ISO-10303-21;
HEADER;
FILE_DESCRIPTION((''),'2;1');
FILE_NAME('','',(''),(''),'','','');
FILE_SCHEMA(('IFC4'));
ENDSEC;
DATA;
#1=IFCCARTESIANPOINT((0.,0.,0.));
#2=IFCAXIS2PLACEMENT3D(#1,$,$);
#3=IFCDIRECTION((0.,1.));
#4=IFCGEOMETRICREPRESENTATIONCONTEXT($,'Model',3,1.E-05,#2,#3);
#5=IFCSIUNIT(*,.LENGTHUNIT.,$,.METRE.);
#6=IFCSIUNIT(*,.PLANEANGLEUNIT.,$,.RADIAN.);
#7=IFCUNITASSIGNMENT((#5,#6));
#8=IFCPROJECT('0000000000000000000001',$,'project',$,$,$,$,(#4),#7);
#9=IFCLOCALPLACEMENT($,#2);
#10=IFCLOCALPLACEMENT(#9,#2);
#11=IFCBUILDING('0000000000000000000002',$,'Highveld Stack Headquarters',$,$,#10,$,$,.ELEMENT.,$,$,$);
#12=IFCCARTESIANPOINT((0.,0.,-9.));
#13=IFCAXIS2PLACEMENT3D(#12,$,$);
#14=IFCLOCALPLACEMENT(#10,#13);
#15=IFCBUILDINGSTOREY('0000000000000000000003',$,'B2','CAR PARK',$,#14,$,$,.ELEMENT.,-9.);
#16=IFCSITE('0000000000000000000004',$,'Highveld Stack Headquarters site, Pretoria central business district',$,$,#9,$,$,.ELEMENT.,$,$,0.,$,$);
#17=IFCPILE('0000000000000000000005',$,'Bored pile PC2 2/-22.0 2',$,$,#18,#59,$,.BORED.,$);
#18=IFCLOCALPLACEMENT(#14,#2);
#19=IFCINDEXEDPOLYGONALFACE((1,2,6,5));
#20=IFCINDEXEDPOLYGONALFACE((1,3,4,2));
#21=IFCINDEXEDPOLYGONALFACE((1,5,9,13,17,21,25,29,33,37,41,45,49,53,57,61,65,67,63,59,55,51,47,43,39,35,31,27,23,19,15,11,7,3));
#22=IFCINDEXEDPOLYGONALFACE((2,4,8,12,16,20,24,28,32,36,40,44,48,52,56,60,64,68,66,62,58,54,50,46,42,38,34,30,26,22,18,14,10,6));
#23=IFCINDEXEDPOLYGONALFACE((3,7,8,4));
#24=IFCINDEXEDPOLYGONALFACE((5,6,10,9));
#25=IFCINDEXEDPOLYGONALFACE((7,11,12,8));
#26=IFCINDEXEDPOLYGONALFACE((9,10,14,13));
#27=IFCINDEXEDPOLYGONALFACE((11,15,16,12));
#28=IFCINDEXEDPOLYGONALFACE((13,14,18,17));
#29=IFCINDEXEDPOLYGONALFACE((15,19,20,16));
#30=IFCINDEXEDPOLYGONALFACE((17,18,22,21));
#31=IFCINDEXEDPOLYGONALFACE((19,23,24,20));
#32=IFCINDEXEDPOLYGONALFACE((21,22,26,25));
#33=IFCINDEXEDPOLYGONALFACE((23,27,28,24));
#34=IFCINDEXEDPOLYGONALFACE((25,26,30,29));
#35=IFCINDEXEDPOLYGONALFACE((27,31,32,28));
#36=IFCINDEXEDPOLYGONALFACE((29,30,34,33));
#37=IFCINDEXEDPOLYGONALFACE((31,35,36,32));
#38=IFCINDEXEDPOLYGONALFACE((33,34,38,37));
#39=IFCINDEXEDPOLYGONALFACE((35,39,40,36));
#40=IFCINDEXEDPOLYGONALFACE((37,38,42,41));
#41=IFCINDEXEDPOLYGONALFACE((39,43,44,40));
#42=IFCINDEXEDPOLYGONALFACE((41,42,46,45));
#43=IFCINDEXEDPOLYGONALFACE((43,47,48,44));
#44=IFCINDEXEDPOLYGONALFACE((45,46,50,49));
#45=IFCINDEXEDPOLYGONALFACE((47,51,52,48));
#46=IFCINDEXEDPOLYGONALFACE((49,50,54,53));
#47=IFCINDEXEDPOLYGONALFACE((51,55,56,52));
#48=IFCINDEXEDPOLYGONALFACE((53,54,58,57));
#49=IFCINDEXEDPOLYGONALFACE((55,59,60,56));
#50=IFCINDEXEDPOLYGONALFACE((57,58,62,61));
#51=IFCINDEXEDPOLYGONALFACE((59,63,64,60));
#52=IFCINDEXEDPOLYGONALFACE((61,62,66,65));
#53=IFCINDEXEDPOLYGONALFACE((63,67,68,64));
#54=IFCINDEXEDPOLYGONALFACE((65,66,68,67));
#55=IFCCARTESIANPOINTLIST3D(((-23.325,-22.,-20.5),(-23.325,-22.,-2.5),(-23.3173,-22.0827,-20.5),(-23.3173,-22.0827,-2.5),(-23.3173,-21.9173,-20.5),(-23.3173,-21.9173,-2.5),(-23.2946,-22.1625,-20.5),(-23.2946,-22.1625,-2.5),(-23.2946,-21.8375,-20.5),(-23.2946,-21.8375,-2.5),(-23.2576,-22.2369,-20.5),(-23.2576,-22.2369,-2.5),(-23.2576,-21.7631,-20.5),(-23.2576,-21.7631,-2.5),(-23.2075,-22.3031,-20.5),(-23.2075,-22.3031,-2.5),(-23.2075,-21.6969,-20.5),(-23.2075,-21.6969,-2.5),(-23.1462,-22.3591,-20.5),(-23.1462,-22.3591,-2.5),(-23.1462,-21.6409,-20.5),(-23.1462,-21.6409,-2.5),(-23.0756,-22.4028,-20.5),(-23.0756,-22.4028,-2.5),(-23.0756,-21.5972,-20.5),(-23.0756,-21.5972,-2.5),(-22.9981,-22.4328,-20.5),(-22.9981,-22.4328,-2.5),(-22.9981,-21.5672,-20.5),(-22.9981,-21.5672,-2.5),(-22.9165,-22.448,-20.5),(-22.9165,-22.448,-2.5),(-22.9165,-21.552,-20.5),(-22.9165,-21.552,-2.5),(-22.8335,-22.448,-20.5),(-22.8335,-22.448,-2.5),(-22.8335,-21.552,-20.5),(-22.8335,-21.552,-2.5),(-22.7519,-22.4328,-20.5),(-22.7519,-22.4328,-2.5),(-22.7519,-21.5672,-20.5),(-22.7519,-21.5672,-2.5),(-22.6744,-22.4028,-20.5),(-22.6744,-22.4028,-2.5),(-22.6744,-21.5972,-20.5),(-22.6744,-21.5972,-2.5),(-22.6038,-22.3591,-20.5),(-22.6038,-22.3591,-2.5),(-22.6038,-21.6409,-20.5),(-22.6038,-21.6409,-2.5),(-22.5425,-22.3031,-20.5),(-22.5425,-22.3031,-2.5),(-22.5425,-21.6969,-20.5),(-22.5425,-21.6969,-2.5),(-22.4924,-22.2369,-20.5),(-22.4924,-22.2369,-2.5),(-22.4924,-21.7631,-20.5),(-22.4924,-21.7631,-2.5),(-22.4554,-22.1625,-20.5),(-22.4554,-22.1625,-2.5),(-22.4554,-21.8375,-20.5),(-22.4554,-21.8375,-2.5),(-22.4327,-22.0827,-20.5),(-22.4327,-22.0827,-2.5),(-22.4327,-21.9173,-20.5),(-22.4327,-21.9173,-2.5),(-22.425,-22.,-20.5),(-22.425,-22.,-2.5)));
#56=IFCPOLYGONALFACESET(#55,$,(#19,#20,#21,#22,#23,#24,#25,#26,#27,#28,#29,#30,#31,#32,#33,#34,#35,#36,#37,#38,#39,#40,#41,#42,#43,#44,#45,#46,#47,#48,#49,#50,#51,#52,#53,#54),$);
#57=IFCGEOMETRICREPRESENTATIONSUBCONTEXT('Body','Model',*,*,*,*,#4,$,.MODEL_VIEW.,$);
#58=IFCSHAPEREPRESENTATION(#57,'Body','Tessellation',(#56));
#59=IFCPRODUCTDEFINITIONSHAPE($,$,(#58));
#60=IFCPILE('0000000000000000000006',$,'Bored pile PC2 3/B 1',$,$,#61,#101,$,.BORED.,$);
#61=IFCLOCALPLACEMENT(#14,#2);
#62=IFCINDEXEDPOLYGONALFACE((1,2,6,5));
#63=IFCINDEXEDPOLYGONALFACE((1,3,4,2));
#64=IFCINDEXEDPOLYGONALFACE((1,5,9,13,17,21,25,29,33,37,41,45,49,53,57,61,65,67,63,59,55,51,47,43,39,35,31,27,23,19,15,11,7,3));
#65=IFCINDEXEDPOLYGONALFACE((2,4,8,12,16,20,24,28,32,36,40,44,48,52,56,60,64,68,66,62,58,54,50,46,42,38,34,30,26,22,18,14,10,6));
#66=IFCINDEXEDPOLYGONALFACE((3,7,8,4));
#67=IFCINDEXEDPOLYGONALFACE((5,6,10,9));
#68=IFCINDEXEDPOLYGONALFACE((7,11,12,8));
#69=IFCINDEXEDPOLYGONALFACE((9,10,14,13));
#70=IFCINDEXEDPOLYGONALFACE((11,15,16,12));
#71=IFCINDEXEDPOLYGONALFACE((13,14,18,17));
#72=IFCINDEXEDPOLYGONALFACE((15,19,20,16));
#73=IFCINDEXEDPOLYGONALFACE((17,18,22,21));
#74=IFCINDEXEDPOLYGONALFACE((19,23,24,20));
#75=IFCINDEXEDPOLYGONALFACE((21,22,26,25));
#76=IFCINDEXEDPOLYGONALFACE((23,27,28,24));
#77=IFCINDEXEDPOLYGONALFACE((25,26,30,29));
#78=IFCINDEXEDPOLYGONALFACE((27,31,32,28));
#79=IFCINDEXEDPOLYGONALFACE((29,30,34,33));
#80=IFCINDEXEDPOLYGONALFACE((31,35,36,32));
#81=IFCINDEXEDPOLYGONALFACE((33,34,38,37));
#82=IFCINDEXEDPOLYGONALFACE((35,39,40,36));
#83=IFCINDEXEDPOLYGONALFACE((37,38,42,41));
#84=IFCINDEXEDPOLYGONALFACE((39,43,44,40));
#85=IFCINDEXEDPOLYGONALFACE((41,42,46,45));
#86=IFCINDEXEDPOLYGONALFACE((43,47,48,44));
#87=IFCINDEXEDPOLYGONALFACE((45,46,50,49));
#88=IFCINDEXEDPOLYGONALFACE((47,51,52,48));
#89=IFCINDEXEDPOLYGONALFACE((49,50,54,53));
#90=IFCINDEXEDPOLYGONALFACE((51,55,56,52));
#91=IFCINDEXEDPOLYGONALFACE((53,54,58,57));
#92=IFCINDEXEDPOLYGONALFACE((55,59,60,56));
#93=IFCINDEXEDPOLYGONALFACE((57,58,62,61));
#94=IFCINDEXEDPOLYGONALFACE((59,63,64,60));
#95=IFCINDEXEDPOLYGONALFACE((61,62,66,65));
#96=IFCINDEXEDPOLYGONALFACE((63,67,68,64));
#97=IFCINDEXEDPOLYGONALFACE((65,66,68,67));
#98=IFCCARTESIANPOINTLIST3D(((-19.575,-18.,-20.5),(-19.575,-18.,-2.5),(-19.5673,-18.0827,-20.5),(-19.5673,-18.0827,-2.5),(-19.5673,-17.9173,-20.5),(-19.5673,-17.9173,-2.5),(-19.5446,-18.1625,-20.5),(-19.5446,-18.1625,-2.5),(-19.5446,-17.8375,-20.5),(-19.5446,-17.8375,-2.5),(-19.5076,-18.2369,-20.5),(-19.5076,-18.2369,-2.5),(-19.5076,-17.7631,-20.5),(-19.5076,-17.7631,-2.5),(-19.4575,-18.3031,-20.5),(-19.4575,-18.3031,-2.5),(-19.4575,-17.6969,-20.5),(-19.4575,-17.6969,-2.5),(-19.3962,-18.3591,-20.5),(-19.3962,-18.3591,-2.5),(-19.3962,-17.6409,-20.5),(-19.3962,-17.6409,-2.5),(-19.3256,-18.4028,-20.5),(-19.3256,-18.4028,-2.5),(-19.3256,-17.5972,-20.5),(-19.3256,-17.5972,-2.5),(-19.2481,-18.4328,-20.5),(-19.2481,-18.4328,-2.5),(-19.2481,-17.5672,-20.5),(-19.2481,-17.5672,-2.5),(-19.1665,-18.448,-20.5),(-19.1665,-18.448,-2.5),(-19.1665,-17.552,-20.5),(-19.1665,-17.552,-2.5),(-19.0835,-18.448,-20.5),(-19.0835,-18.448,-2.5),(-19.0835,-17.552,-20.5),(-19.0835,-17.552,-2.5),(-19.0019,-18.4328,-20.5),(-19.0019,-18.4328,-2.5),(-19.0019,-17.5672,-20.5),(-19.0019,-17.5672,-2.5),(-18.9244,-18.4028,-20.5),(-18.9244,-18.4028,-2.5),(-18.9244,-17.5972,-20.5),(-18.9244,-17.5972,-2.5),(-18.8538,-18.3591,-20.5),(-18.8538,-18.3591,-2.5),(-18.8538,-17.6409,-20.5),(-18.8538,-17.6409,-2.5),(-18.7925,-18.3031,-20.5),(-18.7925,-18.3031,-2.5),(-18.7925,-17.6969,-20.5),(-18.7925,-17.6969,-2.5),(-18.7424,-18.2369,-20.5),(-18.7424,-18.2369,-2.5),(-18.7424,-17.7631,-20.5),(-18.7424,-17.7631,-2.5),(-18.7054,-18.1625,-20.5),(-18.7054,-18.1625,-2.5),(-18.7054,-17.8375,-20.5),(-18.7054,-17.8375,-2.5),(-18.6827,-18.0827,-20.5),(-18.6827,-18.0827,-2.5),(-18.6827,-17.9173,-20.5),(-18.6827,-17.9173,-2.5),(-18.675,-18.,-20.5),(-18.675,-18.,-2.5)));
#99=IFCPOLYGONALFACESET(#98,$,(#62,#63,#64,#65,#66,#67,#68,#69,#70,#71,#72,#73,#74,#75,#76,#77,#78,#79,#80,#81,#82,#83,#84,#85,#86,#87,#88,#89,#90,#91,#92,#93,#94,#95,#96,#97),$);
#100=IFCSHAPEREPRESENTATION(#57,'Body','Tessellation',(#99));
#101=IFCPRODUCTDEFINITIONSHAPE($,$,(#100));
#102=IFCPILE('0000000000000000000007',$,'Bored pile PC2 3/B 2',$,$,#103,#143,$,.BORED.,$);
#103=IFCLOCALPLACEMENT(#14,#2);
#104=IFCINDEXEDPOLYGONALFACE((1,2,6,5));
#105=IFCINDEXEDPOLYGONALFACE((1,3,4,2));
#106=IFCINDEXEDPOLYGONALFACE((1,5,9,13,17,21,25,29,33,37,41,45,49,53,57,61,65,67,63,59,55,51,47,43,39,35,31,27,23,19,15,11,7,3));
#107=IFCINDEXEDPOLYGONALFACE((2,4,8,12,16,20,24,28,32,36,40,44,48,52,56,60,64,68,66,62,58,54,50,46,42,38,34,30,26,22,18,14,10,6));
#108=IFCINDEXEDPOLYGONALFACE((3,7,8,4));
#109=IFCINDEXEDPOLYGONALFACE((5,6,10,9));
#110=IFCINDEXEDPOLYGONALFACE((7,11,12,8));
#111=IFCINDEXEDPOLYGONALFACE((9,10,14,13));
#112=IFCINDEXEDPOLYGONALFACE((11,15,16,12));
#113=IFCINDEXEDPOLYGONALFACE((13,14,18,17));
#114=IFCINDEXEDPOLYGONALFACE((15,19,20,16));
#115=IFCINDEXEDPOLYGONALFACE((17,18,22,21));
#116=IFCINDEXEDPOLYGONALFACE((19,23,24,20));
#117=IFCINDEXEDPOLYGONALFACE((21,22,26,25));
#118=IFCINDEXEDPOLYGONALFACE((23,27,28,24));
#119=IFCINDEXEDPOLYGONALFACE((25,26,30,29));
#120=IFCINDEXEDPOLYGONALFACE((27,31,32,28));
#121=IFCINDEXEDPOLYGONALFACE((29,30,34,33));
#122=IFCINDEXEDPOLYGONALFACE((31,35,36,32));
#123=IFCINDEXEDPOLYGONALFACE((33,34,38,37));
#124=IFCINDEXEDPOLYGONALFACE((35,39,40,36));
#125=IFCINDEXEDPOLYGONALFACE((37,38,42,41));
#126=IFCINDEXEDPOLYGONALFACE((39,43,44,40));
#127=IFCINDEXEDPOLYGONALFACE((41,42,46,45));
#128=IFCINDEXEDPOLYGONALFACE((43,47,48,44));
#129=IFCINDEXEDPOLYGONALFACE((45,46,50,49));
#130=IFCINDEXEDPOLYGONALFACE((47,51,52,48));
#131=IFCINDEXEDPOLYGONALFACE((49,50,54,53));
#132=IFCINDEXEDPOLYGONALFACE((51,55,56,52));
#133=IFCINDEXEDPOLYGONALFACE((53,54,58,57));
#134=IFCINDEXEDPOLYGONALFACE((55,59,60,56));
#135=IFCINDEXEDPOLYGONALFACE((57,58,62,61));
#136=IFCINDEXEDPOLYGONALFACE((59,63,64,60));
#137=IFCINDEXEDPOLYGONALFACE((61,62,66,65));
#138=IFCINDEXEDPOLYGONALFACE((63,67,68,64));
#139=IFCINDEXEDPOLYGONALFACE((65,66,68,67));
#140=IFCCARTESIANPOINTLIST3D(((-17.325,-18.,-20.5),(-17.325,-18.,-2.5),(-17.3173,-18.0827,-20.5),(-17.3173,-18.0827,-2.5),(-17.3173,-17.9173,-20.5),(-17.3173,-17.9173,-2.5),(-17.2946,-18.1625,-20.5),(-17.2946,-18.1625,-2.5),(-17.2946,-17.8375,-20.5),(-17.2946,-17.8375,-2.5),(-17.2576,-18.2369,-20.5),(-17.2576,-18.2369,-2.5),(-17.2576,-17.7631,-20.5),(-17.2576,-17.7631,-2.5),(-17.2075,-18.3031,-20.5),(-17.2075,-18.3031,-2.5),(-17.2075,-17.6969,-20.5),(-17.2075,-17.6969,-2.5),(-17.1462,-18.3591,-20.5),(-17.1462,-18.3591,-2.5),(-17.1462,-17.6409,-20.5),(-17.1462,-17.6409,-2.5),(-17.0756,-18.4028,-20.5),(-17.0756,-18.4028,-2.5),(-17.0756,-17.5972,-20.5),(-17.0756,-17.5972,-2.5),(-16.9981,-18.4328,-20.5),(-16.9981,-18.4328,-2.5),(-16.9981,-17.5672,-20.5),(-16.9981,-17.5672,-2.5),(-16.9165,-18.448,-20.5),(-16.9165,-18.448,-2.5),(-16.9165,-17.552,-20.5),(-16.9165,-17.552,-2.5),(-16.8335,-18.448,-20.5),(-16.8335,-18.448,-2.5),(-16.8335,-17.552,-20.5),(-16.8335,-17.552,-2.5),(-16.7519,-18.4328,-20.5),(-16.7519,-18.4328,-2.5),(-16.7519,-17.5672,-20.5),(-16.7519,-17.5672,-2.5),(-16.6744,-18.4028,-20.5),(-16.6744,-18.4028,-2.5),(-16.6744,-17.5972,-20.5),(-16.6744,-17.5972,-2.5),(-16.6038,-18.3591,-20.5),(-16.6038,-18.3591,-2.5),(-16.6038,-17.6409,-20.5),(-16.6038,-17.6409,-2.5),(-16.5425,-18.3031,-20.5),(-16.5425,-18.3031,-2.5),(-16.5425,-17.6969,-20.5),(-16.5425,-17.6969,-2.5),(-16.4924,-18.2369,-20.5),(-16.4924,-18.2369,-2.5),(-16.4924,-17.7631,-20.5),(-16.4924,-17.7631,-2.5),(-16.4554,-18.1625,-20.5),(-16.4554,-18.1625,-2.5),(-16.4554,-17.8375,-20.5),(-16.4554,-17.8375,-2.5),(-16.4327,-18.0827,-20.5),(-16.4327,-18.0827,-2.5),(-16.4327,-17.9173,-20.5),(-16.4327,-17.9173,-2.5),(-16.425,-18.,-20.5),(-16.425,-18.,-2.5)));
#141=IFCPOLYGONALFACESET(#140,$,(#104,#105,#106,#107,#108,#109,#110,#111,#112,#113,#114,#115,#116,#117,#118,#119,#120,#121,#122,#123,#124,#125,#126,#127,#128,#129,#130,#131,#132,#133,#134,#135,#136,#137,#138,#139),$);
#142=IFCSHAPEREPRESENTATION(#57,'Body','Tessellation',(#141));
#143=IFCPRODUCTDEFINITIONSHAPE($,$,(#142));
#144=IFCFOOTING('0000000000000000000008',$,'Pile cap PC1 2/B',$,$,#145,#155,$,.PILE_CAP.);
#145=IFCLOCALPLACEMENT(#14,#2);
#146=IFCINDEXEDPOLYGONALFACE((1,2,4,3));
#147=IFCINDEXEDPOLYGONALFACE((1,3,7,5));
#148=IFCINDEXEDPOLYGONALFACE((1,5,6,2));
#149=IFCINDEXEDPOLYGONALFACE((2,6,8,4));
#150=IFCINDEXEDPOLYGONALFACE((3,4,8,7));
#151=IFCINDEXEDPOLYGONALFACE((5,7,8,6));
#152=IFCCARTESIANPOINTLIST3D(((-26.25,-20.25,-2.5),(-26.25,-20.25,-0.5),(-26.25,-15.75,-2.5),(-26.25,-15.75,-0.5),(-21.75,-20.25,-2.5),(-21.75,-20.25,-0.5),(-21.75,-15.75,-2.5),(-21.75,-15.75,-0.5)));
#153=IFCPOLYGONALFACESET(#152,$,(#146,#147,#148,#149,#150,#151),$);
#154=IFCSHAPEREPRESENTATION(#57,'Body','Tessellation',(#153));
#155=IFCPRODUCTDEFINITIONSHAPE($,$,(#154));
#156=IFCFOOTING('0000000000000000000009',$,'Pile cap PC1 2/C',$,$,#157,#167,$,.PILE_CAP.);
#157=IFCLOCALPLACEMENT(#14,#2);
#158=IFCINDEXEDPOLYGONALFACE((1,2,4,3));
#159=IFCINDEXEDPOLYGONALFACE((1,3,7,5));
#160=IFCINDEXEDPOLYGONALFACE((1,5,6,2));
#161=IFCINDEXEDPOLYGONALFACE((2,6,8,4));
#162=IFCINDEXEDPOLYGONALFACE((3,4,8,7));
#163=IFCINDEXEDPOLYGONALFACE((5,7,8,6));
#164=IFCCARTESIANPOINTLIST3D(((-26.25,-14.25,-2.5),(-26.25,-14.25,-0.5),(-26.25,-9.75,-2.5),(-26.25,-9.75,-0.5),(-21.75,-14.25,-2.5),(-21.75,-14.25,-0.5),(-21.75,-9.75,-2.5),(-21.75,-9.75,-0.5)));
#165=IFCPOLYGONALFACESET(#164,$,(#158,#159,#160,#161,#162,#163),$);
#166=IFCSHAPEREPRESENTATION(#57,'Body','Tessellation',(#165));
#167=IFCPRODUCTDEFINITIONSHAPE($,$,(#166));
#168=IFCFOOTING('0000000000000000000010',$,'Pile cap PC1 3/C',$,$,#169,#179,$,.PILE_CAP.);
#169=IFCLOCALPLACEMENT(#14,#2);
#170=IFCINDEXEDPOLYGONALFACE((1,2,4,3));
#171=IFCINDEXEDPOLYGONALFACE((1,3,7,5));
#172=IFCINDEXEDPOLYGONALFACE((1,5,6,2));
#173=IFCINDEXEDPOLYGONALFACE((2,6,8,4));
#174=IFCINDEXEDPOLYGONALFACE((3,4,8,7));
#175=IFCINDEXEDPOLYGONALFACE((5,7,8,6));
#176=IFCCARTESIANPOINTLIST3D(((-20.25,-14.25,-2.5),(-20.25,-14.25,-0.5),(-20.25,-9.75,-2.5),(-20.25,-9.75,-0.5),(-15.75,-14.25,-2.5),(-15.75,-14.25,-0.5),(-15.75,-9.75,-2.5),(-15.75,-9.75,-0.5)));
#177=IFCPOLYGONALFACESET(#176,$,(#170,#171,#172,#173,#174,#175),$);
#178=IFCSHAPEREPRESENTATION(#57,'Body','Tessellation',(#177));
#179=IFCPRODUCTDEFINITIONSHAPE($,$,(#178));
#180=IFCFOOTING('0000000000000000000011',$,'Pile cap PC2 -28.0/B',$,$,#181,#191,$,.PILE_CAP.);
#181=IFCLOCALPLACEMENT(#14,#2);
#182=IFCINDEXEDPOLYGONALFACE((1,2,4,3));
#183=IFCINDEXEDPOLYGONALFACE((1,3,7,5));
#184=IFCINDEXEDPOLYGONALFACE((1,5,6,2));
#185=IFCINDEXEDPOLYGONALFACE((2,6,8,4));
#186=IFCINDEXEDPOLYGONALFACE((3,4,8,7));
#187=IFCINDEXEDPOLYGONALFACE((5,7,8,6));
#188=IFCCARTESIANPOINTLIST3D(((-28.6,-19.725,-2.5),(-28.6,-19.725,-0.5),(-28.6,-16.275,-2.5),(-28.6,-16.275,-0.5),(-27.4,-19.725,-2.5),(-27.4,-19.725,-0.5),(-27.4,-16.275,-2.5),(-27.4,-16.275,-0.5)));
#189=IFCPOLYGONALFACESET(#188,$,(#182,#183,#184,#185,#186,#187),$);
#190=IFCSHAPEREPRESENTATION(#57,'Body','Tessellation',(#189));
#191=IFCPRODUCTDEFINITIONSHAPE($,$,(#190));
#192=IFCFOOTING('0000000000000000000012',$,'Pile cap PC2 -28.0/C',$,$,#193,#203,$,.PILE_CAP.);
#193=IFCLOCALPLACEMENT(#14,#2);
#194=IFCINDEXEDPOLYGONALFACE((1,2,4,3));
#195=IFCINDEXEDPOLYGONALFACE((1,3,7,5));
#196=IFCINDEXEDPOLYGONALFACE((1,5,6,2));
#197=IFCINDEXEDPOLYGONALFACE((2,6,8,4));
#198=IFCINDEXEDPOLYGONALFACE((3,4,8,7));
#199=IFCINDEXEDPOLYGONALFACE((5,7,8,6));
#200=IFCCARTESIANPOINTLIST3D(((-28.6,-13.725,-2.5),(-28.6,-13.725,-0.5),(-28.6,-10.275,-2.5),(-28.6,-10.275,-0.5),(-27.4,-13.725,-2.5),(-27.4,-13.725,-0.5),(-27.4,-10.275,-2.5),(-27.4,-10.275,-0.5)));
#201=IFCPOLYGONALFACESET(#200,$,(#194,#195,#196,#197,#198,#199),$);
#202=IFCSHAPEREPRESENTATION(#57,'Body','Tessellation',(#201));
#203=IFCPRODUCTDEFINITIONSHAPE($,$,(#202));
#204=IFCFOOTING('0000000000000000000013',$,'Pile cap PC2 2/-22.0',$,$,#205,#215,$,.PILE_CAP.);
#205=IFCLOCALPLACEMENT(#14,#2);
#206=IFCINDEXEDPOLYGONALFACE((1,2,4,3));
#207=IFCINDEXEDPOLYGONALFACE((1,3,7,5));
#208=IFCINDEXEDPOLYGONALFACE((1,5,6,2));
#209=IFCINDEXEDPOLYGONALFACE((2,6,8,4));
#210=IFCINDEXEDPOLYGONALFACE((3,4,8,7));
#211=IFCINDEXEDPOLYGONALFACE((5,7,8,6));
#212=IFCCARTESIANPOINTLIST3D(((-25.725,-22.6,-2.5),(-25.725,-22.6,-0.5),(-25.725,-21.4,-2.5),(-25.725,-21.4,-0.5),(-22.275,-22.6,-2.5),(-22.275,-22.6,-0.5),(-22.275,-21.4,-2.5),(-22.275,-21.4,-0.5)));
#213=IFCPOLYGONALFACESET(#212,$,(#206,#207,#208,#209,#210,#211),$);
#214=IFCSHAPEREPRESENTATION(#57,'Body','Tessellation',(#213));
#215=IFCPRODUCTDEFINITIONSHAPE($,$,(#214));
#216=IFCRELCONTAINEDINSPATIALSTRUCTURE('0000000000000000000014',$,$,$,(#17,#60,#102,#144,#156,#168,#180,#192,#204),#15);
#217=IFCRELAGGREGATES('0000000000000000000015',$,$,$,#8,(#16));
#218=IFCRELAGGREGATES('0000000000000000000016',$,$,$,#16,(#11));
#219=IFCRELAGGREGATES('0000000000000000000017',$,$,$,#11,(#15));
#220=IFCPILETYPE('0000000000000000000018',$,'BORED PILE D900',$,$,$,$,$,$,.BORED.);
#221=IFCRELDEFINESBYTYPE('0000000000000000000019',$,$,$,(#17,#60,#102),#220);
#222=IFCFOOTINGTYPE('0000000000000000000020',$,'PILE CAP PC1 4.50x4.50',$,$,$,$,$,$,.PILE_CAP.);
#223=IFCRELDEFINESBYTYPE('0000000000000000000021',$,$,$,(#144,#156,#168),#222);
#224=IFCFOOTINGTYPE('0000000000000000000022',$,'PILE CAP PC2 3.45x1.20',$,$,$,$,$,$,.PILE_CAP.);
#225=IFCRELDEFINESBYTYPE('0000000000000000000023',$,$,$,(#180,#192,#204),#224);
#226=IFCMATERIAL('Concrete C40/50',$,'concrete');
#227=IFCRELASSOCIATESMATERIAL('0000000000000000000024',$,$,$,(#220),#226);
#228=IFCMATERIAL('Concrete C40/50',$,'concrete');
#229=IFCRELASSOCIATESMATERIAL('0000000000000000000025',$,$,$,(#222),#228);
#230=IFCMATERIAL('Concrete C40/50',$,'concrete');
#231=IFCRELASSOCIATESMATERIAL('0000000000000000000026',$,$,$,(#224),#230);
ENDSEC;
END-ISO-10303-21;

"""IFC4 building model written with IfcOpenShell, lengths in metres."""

from ifc_helpers import new_model, si_unit, direction, frame, origin, origin_2d, place, context, subcontext, project, spatial, rectangle, circle, extrude, material, type_object, element, save


model = new_model("IFC4")

# Units and contexts
model_context = context("Model", 3, precision=1e-05, world=origin(), true_north=direction((0.0, 1.0)))
body_context = subcontext(model_context, "Body", "Model", "MODEL_VIEW")
ifc_project = project(units=[si_unit("LENGTHUNIT", "METRE"), si_unit("PLANEANGLEUNIT", "RADIAN")], contexts=[model_context])

# Site, building, storey
site_placement = place(None, origin())
site = spatial("IfcSite", under=ifc_project, at=site_placement, Name="Highveld Stack Headquarters site, Pretoria central business district", CompositionType="ELEMENT", RefElevation=0.0)
building_placement = place(site_placement, origin())
building = spatial("IfcBuilding", under=site, at=building_placement, Name="Highveld Stack Headquarters", CompositionType="ELEMENT")
storey_placement = place(building_placement, frame((0.0, 0.0, -9.0)))
storey = spatial("IfcBuildingStorey", under=building, at=storey_placement, Name="B2", Description="CAR PARK", CompositionType="ELEMENT", Elevation=-9.0)

# Piles
ifc_material_1 = material(Name="Concrete C40/50", Category="concrete")
pile_type_1 = type_object("IfcPileType", Name="BORED PILE D900", PredefinedType="BORED", material=ifc_material_1)
for number, where, z_axis, x_axis, name in (
    (1, (-22.875, -22.0, -2.5), (0.0, 0.0, -1.0), (1.0, 0.0, 0.0), "Bored pile PC2 2/-22.0 2"),
    (2, (-19.125, -18.0, -2.5), (0.0, 0.0, -1.0), (1.0, 0.0, 0.0), "Bored pile PC2 3/B 1"),
    (3, (-16.875, -18.0, -2.5), (0.0, 0.0, -1.0), (1.0, 0.0, 0.0), "Bored pile PC2 3/B 2"),
):
    element("IfcPile", number, at=place(storey_placement, frame(where, z_axis=z_axis, x_axis=x_axis)), inside=storey, type_object=pile_type_1, Name=name, PredefinedType="BORED", context=body_context, shape_type="SweptSolid", body=[
        extrude(circle(Radius=0.45, at=origin_2d()), origin(), (0.0, 0.0, 1.0), 18.0),
    ])

# Footings
ifc_material_2 = material(Name="Concrete C40/50", Category="concrete")
footing_type_1 = type_object("IfcFootingType", Name="PILE CAP PC1 4.50x4.50", PredefinedType="PILE_CAP", material=ifc_material_2)
for number, where, z_axis, x_axis, name in (
    (4, (-24.0, -18.0, -2.5), (0.0, 0.0, 1.0), (1.0, 0.0, 0.0), "Pile cap PC1 2/B"),
    (5, (-24.0, -12.0, -2.5), (0.0, 0.0, 1.0), (1.0, 0.0, 0.0), "Pile cap PC1 2/C"),
    (6, (-18.0, -12.0, -2.5), (0.0, 0.0, 1.0), (1.0, 0.0, 0.0), "Pile cap PC1 3/C"),
):
    element("IfcFooting", number, at=place(storey_placement, frame(where, z_axis=z_axis, x_axis=x_axis)), inside=storey, type_object=footing_type_1, Name=name, PredefinedType="PILE_CAP", context=body_context, shape_type="SweptSolid", body=[
        extrude(rectangle(XDim=4.5, YDim=4.5, at=origin_2d()), origin(), (0.0, 0.0, 1.0), 2.0),
    ])
ifc_material_3 = material(Name="Concrete C40/50", Category="concrete")
footing_type_2 = type_object("IfcFootingType", Name="PILE CAP PC2 3.45x1.20", PredefinedType="PILE_CAP", material=ifc_material_3)
for number, where, z_axis, x_axis, name in (
    (7, (-28.0, -18.0, -2.5), (0.0, 0.0, 1.0), (0.0, 1.0, 0.0), "Pile cap PC2 -28.0/B"),
    (8, (-28.0, -12.0, -2.5), (0.0, 0.0, 1.0), (0.0, 1.0, 0.0), "Pile cap PC2 -28.0/C"),
    (9, (-24.0, -22.0, -2.5), (0.0, 0.0, 1.0), (1.0, 0.0, 0.0), "Pile cap PC2 2/-22.0"),
):
    element("IfcFooting", number, at=place(storey_placement, frame(where, z_axis=z_axis, x_axis=x_axis)), inside=storey, type_object=footing_type_2, Name=name, PredefinedType="PILE_CAP", context=body_context, shape_type="SweptSolid", body=[
        extrude(rectangle(XDim=3.45, YDim=1.2, at=origin_2d()), origin(), (0.0, 0.0, 1.0), 2.0),
    ])

save(model, "model.ifc")
